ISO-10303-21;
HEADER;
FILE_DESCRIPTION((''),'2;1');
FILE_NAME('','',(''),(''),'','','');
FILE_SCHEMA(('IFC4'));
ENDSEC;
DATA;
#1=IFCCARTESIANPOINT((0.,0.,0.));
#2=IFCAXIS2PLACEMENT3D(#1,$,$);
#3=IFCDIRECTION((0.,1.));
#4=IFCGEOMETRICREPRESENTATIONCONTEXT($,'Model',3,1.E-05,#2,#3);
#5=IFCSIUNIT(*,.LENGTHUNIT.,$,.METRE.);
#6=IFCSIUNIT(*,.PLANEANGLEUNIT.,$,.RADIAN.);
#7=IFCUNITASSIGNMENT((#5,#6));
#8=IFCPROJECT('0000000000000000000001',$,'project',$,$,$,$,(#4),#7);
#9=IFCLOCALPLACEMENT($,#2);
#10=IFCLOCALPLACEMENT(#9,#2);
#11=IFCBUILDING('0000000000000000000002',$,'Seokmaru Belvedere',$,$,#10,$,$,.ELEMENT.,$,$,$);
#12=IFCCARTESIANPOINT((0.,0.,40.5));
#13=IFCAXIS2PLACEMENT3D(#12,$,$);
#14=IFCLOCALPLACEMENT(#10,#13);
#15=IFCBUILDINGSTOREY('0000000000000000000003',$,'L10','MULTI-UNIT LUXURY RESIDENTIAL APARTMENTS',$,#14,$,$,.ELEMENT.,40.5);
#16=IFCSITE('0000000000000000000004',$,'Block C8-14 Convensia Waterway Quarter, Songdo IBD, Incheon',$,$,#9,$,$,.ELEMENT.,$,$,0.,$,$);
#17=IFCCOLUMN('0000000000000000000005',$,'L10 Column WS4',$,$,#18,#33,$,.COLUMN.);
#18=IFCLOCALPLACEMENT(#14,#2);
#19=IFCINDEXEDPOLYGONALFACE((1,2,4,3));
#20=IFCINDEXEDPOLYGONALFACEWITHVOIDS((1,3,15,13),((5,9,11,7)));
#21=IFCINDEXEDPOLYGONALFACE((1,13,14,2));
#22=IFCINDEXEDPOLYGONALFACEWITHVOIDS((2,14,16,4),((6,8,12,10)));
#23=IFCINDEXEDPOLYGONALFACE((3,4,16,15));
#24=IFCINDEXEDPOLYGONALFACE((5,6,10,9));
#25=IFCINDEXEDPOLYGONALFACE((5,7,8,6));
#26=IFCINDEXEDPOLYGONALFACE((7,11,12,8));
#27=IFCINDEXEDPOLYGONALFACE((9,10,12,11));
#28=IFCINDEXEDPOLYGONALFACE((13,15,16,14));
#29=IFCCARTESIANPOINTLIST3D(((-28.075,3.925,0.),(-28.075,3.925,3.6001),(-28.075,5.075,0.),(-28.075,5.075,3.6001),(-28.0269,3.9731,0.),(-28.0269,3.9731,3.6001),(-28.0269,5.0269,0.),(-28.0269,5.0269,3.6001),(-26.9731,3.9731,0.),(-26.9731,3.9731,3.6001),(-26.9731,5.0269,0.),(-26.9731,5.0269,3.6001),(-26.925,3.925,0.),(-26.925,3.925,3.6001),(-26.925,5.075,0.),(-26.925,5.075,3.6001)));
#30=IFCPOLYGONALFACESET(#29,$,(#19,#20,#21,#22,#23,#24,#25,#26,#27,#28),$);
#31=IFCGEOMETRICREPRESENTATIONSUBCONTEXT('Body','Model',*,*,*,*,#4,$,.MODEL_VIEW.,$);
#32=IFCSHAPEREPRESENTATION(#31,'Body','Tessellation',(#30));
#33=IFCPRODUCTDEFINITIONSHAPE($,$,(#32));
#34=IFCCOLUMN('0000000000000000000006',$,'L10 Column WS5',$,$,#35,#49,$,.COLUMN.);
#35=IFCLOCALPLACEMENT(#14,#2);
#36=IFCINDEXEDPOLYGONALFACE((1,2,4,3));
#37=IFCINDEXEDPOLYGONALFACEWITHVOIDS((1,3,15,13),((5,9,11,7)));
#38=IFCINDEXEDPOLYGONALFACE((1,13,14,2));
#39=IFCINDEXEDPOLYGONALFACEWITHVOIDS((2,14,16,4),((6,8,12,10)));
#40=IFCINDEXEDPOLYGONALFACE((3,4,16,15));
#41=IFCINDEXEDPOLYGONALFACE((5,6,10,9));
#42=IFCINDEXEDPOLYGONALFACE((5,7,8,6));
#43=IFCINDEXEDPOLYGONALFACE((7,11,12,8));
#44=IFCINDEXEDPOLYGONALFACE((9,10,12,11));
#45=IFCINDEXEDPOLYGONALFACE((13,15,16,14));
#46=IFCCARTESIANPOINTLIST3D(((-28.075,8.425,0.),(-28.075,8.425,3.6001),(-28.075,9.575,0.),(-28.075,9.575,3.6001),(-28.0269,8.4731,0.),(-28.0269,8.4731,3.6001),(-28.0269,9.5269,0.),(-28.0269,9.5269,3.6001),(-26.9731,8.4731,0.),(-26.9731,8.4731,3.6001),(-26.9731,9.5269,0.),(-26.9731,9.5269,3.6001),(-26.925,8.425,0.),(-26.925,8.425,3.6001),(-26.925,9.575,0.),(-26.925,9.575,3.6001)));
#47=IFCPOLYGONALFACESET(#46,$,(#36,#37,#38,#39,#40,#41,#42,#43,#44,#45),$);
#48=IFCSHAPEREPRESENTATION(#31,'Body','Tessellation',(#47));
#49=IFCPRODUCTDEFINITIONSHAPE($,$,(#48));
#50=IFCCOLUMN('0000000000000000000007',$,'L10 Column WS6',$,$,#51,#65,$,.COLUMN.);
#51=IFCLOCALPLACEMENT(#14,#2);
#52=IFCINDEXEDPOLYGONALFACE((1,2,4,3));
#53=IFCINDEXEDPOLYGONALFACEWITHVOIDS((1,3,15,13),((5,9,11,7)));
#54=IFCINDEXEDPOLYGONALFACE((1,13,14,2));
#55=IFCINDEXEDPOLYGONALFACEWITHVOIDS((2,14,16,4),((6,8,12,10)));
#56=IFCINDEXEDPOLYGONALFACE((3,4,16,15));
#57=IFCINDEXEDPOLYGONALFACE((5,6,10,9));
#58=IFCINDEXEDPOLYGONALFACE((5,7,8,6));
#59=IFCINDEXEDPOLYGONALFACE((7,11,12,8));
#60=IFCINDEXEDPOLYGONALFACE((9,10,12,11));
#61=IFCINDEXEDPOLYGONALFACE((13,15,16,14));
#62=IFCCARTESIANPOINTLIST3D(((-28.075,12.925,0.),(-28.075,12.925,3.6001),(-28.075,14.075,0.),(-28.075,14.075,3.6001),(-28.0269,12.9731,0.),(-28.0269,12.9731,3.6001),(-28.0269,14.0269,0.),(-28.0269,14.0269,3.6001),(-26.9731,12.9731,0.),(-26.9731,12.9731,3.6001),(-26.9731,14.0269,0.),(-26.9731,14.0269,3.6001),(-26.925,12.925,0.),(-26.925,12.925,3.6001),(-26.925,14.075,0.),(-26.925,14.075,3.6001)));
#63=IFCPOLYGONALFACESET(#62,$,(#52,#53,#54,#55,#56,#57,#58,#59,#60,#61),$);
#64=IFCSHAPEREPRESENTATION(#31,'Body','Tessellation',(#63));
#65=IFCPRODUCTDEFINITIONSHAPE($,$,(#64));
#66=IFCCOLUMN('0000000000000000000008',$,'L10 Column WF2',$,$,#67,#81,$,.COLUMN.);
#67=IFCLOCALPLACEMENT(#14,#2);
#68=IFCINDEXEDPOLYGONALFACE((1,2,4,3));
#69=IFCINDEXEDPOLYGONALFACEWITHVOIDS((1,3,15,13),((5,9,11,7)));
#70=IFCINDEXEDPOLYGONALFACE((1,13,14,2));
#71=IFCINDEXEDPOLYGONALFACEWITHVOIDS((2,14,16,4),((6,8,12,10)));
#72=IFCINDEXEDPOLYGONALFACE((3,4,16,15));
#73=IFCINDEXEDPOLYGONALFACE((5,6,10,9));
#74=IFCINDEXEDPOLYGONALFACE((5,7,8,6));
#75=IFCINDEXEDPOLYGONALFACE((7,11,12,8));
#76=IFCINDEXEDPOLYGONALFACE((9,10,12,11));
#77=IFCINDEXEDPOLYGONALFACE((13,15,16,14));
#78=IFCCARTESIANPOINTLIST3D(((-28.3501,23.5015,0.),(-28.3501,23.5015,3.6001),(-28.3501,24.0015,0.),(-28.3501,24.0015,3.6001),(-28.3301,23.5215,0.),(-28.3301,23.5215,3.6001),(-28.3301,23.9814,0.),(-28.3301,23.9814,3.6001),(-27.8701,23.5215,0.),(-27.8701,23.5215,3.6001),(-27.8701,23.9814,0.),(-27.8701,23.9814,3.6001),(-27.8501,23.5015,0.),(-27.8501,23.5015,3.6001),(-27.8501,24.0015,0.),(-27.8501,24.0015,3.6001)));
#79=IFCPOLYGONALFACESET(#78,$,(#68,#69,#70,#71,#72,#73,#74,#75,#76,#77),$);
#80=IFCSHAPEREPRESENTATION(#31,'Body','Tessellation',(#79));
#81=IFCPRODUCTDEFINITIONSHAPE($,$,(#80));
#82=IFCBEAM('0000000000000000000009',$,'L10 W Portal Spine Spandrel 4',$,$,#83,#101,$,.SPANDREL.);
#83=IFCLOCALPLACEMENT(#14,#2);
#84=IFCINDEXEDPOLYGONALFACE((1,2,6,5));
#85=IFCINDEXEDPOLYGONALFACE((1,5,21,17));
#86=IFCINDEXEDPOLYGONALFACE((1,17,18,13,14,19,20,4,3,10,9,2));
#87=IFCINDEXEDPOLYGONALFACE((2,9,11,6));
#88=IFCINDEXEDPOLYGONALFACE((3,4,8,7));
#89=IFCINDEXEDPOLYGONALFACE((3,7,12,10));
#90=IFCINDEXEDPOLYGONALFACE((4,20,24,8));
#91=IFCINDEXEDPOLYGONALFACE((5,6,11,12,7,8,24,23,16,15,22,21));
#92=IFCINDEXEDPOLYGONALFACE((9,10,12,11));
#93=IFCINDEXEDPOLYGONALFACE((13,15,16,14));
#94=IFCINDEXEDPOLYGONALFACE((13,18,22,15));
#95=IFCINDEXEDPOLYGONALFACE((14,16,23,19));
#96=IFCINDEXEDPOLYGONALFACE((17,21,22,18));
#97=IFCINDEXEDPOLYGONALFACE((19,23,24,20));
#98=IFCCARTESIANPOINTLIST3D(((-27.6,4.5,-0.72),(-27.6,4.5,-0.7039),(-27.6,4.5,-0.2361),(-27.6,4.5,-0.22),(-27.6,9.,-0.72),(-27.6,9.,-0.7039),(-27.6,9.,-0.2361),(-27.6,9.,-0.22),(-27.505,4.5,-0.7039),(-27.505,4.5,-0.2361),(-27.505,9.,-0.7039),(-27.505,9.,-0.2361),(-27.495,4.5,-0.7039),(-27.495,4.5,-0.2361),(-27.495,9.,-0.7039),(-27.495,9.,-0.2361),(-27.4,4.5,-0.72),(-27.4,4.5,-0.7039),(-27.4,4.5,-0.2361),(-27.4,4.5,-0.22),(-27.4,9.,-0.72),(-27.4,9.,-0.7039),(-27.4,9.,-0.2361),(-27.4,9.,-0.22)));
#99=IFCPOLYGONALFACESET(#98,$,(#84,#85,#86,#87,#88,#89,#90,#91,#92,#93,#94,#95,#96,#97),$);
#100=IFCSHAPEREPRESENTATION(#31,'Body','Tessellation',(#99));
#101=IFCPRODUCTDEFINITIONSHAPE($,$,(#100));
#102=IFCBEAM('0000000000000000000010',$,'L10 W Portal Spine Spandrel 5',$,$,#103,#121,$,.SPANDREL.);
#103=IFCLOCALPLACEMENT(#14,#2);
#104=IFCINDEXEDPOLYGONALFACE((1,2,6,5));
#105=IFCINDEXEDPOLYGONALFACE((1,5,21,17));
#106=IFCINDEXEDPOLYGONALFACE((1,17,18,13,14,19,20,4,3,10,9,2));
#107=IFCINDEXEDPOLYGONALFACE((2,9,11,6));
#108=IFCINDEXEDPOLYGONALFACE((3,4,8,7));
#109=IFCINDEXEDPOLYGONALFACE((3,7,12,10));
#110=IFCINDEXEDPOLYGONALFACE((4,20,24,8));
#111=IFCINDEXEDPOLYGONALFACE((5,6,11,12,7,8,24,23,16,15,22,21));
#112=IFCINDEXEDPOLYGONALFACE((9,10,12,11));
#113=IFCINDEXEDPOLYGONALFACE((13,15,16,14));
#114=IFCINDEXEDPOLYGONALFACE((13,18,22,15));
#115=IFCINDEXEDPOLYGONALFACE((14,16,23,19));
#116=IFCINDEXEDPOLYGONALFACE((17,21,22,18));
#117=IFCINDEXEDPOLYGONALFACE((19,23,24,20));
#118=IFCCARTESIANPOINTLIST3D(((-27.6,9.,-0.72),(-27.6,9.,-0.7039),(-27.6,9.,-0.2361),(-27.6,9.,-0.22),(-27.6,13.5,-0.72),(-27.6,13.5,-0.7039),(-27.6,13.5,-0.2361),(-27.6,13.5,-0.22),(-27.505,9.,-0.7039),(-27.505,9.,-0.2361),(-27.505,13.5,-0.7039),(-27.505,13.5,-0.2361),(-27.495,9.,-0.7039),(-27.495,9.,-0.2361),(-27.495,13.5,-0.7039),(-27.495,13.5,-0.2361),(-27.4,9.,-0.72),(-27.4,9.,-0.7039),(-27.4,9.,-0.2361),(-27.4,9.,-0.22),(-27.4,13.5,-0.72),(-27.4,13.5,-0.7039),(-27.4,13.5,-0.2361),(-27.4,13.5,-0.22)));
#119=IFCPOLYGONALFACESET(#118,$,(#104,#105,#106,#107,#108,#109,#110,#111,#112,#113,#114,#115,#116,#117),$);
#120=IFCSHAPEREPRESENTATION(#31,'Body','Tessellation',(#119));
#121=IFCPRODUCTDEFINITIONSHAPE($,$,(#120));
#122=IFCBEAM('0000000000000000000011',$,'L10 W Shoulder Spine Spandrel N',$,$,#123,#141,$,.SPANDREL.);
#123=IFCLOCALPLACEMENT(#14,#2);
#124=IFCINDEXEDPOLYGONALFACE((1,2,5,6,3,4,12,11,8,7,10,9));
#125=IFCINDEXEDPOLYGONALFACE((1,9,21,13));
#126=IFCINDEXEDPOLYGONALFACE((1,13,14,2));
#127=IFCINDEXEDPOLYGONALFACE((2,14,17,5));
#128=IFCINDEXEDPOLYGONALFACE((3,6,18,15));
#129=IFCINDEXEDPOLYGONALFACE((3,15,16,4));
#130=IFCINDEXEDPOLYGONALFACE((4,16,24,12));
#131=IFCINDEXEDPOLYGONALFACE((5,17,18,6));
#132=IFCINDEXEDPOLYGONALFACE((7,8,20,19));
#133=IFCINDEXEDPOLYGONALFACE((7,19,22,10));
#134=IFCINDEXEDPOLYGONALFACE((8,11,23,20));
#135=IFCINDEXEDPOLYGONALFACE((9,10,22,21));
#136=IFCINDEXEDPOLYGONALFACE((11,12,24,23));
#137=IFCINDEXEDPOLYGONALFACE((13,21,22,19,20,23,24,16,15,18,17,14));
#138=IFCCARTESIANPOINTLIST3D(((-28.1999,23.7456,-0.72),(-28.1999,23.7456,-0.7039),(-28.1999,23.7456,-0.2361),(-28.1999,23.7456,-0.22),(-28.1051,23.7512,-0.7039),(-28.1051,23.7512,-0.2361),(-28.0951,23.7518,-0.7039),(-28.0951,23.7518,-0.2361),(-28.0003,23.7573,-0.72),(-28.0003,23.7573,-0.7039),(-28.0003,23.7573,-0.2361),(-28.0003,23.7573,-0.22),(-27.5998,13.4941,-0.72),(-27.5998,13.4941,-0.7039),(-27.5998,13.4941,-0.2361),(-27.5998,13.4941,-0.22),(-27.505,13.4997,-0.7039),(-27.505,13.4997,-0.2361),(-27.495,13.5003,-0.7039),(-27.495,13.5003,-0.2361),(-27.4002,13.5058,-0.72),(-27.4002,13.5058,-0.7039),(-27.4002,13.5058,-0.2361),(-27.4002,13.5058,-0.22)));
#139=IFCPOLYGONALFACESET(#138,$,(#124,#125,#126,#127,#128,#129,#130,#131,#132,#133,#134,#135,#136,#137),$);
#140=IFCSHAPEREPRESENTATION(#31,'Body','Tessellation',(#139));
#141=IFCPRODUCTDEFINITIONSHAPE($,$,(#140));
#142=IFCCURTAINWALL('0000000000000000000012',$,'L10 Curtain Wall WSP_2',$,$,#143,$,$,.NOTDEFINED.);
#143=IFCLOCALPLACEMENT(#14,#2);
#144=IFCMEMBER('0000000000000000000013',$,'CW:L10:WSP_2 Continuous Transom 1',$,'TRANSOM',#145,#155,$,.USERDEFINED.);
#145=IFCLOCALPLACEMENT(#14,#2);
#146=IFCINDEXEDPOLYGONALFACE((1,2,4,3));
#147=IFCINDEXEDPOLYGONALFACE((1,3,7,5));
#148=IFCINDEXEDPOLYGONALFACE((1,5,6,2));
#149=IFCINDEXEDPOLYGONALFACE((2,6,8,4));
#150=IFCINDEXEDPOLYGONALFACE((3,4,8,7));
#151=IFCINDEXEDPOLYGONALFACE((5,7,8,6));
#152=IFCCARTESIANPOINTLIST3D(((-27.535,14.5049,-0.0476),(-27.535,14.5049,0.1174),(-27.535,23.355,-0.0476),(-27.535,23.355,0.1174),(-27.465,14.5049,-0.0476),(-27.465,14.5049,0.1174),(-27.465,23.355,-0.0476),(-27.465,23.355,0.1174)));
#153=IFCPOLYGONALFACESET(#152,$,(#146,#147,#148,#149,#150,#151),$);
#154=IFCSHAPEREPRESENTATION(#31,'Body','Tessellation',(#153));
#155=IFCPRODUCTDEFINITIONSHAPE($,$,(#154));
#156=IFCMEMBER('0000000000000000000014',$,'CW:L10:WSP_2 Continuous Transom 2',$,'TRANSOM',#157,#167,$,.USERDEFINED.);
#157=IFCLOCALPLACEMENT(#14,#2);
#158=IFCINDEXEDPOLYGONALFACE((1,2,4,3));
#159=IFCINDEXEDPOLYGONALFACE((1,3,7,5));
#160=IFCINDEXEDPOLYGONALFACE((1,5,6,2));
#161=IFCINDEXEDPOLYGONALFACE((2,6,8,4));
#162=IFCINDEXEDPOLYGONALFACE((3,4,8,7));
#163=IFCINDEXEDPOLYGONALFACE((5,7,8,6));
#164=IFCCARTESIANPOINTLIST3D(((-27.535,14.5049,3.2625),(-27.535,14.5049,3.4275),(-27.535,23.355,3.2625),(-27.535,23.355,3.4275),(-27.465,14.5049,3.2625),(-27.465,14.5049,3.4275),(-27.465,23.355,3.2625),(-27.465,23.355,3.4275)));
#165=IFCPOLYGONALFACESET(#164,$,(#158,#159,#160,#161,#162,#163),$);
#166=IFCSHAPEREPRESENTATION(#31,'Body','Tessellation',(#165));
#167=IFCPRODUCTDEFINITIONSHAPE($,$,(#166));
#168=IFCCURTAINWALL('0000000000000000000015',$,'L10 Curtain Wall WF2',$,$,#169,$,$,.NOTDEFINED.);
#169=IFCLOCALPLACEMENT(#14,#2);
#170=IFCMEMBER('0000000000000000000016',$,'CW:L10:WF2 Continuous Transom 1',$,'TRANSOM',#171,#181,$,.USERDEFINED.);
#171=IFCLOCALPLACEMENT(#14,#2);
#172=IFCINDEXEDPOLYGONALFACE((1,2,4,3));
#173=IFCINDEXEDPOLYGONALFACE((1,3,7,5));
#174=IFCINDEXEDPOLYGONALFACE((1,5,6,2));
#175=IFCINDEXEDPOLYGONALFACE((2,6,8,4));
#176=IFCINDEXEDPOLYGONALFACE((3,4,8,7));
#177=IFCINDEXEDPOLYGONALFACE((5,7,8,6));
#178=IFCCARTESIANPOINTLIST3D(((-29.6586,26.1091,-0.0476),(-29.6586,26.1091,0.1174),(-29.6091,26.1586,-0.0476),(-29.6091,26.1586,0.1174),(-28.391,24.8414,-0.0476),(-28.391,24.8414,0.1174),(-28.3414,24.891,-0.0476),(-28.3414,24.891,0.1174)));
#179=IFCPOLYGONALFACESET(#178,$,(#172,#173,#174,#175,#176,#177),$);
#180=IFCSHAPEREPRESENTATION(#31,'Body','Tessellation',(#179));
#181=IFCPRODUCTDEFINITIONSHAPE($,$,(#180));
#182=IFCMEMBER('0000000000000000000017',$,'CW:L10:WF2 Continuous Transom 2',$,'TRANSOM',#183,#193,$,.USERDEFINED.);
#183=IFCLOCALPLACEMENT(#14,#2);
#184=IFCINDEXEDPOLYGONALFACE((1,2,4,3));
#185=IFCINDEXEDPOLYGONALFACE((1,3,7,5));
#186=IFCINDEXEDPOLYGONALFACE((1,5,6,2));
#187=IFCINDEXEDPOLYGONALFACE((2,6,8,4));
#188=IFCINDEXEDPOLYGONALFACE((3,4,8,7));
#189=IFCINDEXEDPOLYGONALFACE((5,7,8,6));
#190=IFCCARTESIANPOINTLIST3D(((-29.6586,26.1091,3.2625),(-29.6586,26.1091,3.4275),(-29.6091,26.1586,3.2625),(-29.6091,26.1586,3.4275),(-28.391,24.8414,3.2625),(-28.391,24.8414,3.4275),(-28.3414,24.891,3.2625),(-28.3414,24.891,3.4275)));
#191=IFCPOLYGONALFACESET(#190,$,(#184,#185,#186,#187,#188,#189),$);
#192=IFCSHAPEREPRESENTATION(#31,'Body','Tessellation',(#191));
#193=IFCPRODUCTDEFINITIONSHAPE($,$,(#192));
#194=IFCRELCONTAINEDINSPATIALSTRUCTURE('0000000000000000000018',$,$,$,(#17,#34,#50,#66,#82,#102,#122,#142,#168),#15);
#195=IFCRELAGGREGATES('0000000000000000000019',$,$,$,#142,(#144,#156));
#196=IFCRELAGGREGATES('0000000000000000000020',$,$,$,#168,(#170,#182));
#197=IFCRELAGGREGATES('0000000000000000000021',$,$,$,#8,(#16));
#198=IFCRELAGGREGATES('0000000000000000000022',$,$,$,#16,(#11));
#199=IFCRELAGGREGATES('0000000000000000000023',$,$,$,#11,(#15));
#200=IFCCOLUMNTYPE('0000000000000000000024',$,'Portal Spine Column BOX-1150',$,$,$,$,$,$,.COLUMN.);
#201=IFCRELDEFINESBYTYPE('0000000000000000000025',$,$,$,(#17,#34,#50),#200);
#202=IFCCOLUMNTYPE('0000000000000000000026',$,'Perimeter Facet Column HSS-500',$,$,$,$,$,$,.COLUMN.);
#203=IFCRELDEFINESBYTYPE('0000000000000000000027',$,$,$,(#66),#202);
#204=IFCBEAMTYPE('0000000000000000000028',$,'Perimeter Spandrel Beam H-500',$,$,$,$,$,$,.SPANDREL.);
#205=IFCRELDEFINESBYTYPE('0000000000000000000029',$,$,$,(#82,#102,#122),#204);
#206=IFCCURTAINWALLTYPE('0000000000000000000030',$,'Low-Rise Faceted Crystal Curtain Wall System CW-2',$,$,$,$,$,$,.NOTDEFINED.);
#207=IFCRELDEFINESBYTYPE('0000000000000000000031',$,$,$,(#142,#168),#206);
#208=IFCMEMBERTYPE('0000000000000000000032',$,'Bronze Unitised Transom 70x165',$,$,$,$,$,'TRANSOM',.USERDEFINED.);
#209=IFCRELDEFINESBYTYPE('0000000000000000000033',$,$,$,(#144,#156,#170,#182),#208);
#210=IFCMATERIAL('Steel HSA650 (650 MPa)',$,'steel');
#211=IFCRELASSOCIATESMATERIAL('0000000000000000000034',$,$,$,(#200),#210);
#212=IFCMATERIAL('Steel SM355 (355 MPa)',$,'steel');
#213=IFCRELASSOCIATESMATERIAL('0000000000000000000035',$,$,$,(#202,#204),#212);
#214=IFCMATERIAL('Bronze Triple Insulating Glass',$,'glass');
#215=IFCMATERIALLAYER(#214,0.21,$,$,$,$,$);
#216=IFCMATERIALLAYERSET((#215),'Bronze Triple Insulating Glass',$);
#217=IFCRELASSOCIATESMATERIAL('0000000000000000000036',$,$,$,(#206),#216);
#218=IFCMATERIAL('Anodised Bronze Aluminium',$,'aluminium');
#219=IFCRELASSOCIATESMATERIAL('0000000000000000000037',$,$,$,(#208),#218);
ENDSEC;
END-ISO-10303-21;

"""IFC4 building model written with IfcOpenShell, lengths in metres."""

from ifc_helpers import new_model, si_unit, direction, frame, origin, origin_2d, place, context, subcontext, project, spatial, rectangle, hollow_rectangle, i_section, extrude, source, transform, mapped, material, layer, layer_set, material_profile, profile_set, type_object, type_shapes, element, aggregate, save


model = new_model("IFC4")

# Units and contexts
model_context = context("Model", 3, precision=1e-05, world=origin(), true_north=direction((0.0, 1.0)))
body_context = subcontext(model_context, "Body", "Model", "MODEL_VIEW")
ifc_project = project(units=[si_unit("LENGTHUNIT", "METRE"), si_unit("PLANEANGLEUNIT", "RADIAN")], contexts=[model_context])

# Site, building, storey
site_placement = place(None, origin())
site = spatial("IfcSite", under=ifc_project, at=site_placement, Name="Block C8-14 Convensia Waterway Quarter, Songdo IBD, Incheon", CompositionType="ELEMENT", RefElevation=0.0)
building_placement = place(site_placement, origin())
building = spatial("IfcBuilding", under=site, at=building_placement, Name="Seokmaru Belvedere", CompositionType="ELEMENT")
storey_placement = place(building_placement, frame((0.0, 0.0, 40.5)))
storey = spatial("IfcBuildingStorey", under=building, at=storey_placement, Name="L10", Description="MULTI-UNIT LUXURY RESIDENTIAL APARTMENTS", CompositionType="ELEMENT", Elevation=40.5)

# Columns
ifc_material_1 = material(Name="Steel HSA650 (650 MPa)", Category="steel")
ifc_material_profile_1 = material_profile(ifc_material_1, hollow_rectangle(XDim=1.1499, YDim=1.1499, WallThickness=0.0481, at=origin_2d()), Name="BOX-1150x1150x48")
ifc_profile_set_1 = profile_set([ifc_material_profile_1], Name="Steel HSA650 (650 MPa)")
column_type_1 = type_object("IfcColumnType", Name="Portal Spine Column BOX-1150", PredefinedType="COLUMN", material=ifc_profile_set_1)
shared_shape_1 = source(origin(), body_context, "Body", "SweptSolid", [
    extrude(hollow_rectangle(XDim=1.1499, YDim=1.1499, WallThickness=0.0481, at=origin_2d()), origin(), (0.0, 0.0, 1.0), 3.6001),
])
type_shapes(column_type_1, [shared_shape_1])
for number, where, z_axis, x_axis, name in (
    (1, (-27.5, 4.5, 0.0), (0.0, 0.0, 1.0), (1.0, 0.0, 0.0), "L10 Column WS4"),
    (2, (-27.5, 9.0, 0.0), (0.0, 0.0, 1.0), (1.0, 0.0, 0.0), "L10 Column WS5"),
    (3, (-27.5, 13.5, 0.0), (0.0, 0.0, 1.0), (1.0, 0.0, 0.0), "L10 Column WS6"),
):
    element("IfcColumn", number, at=place(storey_placement, frame(where, z_axis=z_axis, x_axis=x_axis)), inside=storey, type_object=column_type_1, Name=name, PredefinedType="COLUMN", context=body_context, shape_type="MappedRepresentation", body=[
        mapped(shared_shape_1, transform((0.0, 0.0, 0.0), scale=1.0)),
    ])
ifc_material_2 = material(Name="Steel SM355 (355 MPa)", Category="steel")
ifc_material_profile_2 = material_profile(ifc_material_2, hollow_rectangle(XDim=0.5, YDim=0.5, WallThickness=0.02, at=origin_2d()), Name="HSS-500x500x20")
ifc_profile_set_2 = profile_set([ifc_material_profile_2], Name="Steel SM355 (355 MPa)")
column_type_2 = type_object("IfcColumnType", Name="Perimeter Facet Column HSS-500", PredefinedType="COLUMN", material=ifc_profile_set_2)
shared_shape_2 = source(origin(), body_context, "Body", "SweptSolid", [
    extrude(hollow_rectangle(XDim=0.5, YDim=0.5, WallThickness=0.02, at=origin_2d()), origin(), (0.0, 0.0, 1.0), 3.6001),
])
type_shapes(column_type_2, [shared_shape_2])
column_placement = place(storey_placement, frame((-28.1001, 23.7515, 0.0), z_axis=(0.0, 0.0, 1.0), x_axis=(1.0, 0.0, 0.0)))
element("IfcColumn", 4, at=column_placement, inside=storey, type_object=column_type_2, Name="L10 Column WF2", PredefinedType="COLUMN", context=body_context, shape_type="MappedRepresentation", body=[
    mapped(shared_shape_2, transform((0.0, 0.0, 0.0), scale=1.0)),
])

# Beams
ifc_material_profile_3 = material_profile(ifc_material_2, i_section(OverallWidth=0.2, OverallDepth=0.5, WebThickness=0.01, FlangeThickness=0.0161, at=origin_2d()), Name="H-500x200x10x16")
ifc_profile_set_3 = profile_set([ifc_material_profile_3], Name="Steel SM355 (355 MPa)")
beam_type = type_object("IfcBeamType", Name="Perimeter Spandrel Beam H-500", PredefinedType="SPANDREL", material=ifc_profile_set_3)
shared_shape_3 = source(origin(), body_context, "Body", "SweptSolid", [
    extrude(i_section(OverallWidth=0.2, OverallDepth=0.5, WebThickness=0.01, FlangeThickness=0.0161, at=origin_2d()), origin(), (0.0, 0.0, 1.0), 4.5),
])
for number, where, z_axis, x_axis, name in (
    (5, (-27.5, 4.5, -0.47), (0.0, 1.0, 0.0), (-1.0, 0.0, 0.0), "L10 W Portal Spine Spandrel 4"),
    (6, (-27.5, 9.0, -0.47), (0.0, 1.0, 0.0), (-1.0, 0.0, 0.0), "L10 W Portal Spine Spandrel 5"),
):
    element("IfcBeam", number, at=place(storey_placement, frame(where, z_axis=z_axis, x_axis=x_axis)), inside=storey, type_object=beam_type, Name=name, PredefinedType="SPANDREL", context=body_context, shape_type="MappedRepresentation", body=[
        mapped(shared_shape_3, transform((0.0, 0.0, 0.0), scale=1.0)),
    ])
shared_shape_4 = source(origin(), body_context, "Body", "SweptSolid", [
    extrude(i_section(OverallWidth=0.2, OverallDepth=0.5, WebThickness=0.01, FlangeThickness=0.0161, at=origin_2d()), origin(), (0.0, 0.0, 1.0), 10.269),
])
type_shapes(beam_type, [shared_shape_3, shared_shape_4])
beam_placement = place(storey_placement, frame((-28.1001, 23.7515, -0.47), z_axis=(0.058438, -0.998291, 0.0), x_axis=(0.998291, 0.058438, 0.0)))
element("IfcBeam", 7, at=beam_placement, inside=storey, type_object=beam_type, Name="L10 W Shoulder Spine Spandrel N", PredefinedType="SPANDREL", context=body_context, shape_type="MappedRepresentation", body=[
    mapped(shared_shape_4, transform((0.0, 0.0, 0.0), scale=1.0)),
])

# Curtain walls, members
ifc_material_3 = material(Name="Bronze Triple Insulating Glass", Category="glass")
ifc_layer_1 = layer(ifc_material_3, 0.21)
ifc_layer_set_1 = layer_set([ifc_layer_1], Name="Bronze Triple Insulating Glass")
curtain_wall_type = type_object("IfcCurtainWallType", Name="Low-Rise Faceted Crystal Curtain Wall System CW-2", PredefinedType="NOTDEFINED", material=ifc_layer_set_1)
curtain_wall_1_placement = place(storey_placement, origin())
curtain_wall_1 = element("IfcCurtainWall", 8, at=curtain_wall_1_placement, inside=storey, type_object=curtain_wall_type, Name="L10 Curtain Wall WSP_2", PredefinedType="NOTDEFINED")
ifc_material_4 = material(Name="Anodised Bronze Aluminium", Category="aluminium")
ifc_material_profile_4 = material_profile(ifc_material_4, rectangle(XDim=0.0701, YDim=0.165, at=origin_2d()), Name="CW-T-70x165")
ifc_profile_set_4 = profile_set([ifc_material_profile_4], Name="Anodised Bronze Aluminium")
member_type_1 = type_object("IfcMemberType", Name="Bronze Unitised Transom 70x165", ElementType="TRANSOM", PredefinedType="USERDEFINED", material=ifc_profile_set_4)
shared_shape_5 = source(origin(), body_context, "Body", "SweptSolid", [
    extrude(rectangle(XDim=0.0701, YDim=0.165, at=origin_2d()), origin(), (0.0, 0.0, 1.0), 8.8501),
])
member_1_placement = place(storey_placement, frame((-27.5, 14.5049, 0.0349), z_axis=(0.0, 1.0, 0.0), x_axis=(-1.0, 0.0, 0.0)))
member_1 = element("IfcMember", 9, at=member_1_placement, type_object=member_type_1, Name="CW:L10:WSP_2 Continuous Transom 1", ObjectType="TRANSOM", PredefinedType="USERDEFINED", context=body_context, shape_type="MappedRepresentation", body=[
    mapped(shared_shape_5, transform((0.0, 0.0, 0.0), scale=1.0)),
])
member_2_placement = place(storey_placement, frame((-27.5, 14.5049, 3.345), z_axis=(0.0, 1.0, 0.0), x_axis=(-1.0, 0.0, 0.0)))
member_2 = element("IfcMember", 10, at=member_2_placement, type_object=member_type_1, Name="CW:L10:WSP_2 Continuous Transom 2", ObjectType="TRANSOM", PredefinedType="USERDEFINED", context=body_context, shape_type="MappedRepresentation", body=[
    mapped(shared_shape_5, transform((0.0, 0.0, 0.0), scale=1.0)),
])
curtain_wall_2_placement = place(storey_placement, origin())
curtain_wall_2 = element("IfcCurtainWall", 11, at=curtain_wall_2_placement, inside=storey, type_object=curtain_wall_type, Name="L10 Curtain Wall WF2", PredefinedType="NOTDEFINED")
shared_shape_6 = source(origin(), body_context, "Body", "SweptSolid", [
    extrude(rectangle(XDim=0.0701, YDim=0.165, at=origin_2d()), origin(), (0.0, 0.0, 1.0), 1.7927),
])
type_shapes(member_type_1, [shared_shape_5, shared_shape_6])
member_3_placement = place(storey_placement, frame((-28.3662, 24.8662, 0.0349), z_axis=(-0.707107, 0.707107, 0.0), x_axis=(-0.707107, -0.707107, 0.0)))
member_3 = element("IfcMember", 12, at=member_3_placement, type_object=member_type_1, Name="CW:L10:WF2 Continuous Transom 1", ObjectType="TRANSOM", PredefinedType="USERDEFINED", context=body_context, shape_type="MappedRepresentation", body=[
    mapped(shared_shape_6, transform((0.0, 0.0, 0.0), scale=1.0)),
])
member_4_placement = place(storey_placement, frame((-28.3662, 24.8662, 3.345), z_axis=(-0.707107, 0.707107, 0.0), x_axis=(-0.707107, -0.707107, 0.0)))
member_4 = element("IfcMember", 13, at=member_4_placement, type_object=member_type_1, Name="CW:L10:WF2 Continuous Transom 2", ObjectType="TRANSOM", PredefinedType="USERDEFINED", context=body_context, shape_type="MappedRepresentation", body=[
    mapped(shared_shape_6, transform((0.0, 0.0, 0.0), scale=1.0)),
])

aggregate(curtain_wall_1, [member_1, member_2])
aggregate(curtain_wall_2, [member_3, member_4])

save(model, "model.ifc")
